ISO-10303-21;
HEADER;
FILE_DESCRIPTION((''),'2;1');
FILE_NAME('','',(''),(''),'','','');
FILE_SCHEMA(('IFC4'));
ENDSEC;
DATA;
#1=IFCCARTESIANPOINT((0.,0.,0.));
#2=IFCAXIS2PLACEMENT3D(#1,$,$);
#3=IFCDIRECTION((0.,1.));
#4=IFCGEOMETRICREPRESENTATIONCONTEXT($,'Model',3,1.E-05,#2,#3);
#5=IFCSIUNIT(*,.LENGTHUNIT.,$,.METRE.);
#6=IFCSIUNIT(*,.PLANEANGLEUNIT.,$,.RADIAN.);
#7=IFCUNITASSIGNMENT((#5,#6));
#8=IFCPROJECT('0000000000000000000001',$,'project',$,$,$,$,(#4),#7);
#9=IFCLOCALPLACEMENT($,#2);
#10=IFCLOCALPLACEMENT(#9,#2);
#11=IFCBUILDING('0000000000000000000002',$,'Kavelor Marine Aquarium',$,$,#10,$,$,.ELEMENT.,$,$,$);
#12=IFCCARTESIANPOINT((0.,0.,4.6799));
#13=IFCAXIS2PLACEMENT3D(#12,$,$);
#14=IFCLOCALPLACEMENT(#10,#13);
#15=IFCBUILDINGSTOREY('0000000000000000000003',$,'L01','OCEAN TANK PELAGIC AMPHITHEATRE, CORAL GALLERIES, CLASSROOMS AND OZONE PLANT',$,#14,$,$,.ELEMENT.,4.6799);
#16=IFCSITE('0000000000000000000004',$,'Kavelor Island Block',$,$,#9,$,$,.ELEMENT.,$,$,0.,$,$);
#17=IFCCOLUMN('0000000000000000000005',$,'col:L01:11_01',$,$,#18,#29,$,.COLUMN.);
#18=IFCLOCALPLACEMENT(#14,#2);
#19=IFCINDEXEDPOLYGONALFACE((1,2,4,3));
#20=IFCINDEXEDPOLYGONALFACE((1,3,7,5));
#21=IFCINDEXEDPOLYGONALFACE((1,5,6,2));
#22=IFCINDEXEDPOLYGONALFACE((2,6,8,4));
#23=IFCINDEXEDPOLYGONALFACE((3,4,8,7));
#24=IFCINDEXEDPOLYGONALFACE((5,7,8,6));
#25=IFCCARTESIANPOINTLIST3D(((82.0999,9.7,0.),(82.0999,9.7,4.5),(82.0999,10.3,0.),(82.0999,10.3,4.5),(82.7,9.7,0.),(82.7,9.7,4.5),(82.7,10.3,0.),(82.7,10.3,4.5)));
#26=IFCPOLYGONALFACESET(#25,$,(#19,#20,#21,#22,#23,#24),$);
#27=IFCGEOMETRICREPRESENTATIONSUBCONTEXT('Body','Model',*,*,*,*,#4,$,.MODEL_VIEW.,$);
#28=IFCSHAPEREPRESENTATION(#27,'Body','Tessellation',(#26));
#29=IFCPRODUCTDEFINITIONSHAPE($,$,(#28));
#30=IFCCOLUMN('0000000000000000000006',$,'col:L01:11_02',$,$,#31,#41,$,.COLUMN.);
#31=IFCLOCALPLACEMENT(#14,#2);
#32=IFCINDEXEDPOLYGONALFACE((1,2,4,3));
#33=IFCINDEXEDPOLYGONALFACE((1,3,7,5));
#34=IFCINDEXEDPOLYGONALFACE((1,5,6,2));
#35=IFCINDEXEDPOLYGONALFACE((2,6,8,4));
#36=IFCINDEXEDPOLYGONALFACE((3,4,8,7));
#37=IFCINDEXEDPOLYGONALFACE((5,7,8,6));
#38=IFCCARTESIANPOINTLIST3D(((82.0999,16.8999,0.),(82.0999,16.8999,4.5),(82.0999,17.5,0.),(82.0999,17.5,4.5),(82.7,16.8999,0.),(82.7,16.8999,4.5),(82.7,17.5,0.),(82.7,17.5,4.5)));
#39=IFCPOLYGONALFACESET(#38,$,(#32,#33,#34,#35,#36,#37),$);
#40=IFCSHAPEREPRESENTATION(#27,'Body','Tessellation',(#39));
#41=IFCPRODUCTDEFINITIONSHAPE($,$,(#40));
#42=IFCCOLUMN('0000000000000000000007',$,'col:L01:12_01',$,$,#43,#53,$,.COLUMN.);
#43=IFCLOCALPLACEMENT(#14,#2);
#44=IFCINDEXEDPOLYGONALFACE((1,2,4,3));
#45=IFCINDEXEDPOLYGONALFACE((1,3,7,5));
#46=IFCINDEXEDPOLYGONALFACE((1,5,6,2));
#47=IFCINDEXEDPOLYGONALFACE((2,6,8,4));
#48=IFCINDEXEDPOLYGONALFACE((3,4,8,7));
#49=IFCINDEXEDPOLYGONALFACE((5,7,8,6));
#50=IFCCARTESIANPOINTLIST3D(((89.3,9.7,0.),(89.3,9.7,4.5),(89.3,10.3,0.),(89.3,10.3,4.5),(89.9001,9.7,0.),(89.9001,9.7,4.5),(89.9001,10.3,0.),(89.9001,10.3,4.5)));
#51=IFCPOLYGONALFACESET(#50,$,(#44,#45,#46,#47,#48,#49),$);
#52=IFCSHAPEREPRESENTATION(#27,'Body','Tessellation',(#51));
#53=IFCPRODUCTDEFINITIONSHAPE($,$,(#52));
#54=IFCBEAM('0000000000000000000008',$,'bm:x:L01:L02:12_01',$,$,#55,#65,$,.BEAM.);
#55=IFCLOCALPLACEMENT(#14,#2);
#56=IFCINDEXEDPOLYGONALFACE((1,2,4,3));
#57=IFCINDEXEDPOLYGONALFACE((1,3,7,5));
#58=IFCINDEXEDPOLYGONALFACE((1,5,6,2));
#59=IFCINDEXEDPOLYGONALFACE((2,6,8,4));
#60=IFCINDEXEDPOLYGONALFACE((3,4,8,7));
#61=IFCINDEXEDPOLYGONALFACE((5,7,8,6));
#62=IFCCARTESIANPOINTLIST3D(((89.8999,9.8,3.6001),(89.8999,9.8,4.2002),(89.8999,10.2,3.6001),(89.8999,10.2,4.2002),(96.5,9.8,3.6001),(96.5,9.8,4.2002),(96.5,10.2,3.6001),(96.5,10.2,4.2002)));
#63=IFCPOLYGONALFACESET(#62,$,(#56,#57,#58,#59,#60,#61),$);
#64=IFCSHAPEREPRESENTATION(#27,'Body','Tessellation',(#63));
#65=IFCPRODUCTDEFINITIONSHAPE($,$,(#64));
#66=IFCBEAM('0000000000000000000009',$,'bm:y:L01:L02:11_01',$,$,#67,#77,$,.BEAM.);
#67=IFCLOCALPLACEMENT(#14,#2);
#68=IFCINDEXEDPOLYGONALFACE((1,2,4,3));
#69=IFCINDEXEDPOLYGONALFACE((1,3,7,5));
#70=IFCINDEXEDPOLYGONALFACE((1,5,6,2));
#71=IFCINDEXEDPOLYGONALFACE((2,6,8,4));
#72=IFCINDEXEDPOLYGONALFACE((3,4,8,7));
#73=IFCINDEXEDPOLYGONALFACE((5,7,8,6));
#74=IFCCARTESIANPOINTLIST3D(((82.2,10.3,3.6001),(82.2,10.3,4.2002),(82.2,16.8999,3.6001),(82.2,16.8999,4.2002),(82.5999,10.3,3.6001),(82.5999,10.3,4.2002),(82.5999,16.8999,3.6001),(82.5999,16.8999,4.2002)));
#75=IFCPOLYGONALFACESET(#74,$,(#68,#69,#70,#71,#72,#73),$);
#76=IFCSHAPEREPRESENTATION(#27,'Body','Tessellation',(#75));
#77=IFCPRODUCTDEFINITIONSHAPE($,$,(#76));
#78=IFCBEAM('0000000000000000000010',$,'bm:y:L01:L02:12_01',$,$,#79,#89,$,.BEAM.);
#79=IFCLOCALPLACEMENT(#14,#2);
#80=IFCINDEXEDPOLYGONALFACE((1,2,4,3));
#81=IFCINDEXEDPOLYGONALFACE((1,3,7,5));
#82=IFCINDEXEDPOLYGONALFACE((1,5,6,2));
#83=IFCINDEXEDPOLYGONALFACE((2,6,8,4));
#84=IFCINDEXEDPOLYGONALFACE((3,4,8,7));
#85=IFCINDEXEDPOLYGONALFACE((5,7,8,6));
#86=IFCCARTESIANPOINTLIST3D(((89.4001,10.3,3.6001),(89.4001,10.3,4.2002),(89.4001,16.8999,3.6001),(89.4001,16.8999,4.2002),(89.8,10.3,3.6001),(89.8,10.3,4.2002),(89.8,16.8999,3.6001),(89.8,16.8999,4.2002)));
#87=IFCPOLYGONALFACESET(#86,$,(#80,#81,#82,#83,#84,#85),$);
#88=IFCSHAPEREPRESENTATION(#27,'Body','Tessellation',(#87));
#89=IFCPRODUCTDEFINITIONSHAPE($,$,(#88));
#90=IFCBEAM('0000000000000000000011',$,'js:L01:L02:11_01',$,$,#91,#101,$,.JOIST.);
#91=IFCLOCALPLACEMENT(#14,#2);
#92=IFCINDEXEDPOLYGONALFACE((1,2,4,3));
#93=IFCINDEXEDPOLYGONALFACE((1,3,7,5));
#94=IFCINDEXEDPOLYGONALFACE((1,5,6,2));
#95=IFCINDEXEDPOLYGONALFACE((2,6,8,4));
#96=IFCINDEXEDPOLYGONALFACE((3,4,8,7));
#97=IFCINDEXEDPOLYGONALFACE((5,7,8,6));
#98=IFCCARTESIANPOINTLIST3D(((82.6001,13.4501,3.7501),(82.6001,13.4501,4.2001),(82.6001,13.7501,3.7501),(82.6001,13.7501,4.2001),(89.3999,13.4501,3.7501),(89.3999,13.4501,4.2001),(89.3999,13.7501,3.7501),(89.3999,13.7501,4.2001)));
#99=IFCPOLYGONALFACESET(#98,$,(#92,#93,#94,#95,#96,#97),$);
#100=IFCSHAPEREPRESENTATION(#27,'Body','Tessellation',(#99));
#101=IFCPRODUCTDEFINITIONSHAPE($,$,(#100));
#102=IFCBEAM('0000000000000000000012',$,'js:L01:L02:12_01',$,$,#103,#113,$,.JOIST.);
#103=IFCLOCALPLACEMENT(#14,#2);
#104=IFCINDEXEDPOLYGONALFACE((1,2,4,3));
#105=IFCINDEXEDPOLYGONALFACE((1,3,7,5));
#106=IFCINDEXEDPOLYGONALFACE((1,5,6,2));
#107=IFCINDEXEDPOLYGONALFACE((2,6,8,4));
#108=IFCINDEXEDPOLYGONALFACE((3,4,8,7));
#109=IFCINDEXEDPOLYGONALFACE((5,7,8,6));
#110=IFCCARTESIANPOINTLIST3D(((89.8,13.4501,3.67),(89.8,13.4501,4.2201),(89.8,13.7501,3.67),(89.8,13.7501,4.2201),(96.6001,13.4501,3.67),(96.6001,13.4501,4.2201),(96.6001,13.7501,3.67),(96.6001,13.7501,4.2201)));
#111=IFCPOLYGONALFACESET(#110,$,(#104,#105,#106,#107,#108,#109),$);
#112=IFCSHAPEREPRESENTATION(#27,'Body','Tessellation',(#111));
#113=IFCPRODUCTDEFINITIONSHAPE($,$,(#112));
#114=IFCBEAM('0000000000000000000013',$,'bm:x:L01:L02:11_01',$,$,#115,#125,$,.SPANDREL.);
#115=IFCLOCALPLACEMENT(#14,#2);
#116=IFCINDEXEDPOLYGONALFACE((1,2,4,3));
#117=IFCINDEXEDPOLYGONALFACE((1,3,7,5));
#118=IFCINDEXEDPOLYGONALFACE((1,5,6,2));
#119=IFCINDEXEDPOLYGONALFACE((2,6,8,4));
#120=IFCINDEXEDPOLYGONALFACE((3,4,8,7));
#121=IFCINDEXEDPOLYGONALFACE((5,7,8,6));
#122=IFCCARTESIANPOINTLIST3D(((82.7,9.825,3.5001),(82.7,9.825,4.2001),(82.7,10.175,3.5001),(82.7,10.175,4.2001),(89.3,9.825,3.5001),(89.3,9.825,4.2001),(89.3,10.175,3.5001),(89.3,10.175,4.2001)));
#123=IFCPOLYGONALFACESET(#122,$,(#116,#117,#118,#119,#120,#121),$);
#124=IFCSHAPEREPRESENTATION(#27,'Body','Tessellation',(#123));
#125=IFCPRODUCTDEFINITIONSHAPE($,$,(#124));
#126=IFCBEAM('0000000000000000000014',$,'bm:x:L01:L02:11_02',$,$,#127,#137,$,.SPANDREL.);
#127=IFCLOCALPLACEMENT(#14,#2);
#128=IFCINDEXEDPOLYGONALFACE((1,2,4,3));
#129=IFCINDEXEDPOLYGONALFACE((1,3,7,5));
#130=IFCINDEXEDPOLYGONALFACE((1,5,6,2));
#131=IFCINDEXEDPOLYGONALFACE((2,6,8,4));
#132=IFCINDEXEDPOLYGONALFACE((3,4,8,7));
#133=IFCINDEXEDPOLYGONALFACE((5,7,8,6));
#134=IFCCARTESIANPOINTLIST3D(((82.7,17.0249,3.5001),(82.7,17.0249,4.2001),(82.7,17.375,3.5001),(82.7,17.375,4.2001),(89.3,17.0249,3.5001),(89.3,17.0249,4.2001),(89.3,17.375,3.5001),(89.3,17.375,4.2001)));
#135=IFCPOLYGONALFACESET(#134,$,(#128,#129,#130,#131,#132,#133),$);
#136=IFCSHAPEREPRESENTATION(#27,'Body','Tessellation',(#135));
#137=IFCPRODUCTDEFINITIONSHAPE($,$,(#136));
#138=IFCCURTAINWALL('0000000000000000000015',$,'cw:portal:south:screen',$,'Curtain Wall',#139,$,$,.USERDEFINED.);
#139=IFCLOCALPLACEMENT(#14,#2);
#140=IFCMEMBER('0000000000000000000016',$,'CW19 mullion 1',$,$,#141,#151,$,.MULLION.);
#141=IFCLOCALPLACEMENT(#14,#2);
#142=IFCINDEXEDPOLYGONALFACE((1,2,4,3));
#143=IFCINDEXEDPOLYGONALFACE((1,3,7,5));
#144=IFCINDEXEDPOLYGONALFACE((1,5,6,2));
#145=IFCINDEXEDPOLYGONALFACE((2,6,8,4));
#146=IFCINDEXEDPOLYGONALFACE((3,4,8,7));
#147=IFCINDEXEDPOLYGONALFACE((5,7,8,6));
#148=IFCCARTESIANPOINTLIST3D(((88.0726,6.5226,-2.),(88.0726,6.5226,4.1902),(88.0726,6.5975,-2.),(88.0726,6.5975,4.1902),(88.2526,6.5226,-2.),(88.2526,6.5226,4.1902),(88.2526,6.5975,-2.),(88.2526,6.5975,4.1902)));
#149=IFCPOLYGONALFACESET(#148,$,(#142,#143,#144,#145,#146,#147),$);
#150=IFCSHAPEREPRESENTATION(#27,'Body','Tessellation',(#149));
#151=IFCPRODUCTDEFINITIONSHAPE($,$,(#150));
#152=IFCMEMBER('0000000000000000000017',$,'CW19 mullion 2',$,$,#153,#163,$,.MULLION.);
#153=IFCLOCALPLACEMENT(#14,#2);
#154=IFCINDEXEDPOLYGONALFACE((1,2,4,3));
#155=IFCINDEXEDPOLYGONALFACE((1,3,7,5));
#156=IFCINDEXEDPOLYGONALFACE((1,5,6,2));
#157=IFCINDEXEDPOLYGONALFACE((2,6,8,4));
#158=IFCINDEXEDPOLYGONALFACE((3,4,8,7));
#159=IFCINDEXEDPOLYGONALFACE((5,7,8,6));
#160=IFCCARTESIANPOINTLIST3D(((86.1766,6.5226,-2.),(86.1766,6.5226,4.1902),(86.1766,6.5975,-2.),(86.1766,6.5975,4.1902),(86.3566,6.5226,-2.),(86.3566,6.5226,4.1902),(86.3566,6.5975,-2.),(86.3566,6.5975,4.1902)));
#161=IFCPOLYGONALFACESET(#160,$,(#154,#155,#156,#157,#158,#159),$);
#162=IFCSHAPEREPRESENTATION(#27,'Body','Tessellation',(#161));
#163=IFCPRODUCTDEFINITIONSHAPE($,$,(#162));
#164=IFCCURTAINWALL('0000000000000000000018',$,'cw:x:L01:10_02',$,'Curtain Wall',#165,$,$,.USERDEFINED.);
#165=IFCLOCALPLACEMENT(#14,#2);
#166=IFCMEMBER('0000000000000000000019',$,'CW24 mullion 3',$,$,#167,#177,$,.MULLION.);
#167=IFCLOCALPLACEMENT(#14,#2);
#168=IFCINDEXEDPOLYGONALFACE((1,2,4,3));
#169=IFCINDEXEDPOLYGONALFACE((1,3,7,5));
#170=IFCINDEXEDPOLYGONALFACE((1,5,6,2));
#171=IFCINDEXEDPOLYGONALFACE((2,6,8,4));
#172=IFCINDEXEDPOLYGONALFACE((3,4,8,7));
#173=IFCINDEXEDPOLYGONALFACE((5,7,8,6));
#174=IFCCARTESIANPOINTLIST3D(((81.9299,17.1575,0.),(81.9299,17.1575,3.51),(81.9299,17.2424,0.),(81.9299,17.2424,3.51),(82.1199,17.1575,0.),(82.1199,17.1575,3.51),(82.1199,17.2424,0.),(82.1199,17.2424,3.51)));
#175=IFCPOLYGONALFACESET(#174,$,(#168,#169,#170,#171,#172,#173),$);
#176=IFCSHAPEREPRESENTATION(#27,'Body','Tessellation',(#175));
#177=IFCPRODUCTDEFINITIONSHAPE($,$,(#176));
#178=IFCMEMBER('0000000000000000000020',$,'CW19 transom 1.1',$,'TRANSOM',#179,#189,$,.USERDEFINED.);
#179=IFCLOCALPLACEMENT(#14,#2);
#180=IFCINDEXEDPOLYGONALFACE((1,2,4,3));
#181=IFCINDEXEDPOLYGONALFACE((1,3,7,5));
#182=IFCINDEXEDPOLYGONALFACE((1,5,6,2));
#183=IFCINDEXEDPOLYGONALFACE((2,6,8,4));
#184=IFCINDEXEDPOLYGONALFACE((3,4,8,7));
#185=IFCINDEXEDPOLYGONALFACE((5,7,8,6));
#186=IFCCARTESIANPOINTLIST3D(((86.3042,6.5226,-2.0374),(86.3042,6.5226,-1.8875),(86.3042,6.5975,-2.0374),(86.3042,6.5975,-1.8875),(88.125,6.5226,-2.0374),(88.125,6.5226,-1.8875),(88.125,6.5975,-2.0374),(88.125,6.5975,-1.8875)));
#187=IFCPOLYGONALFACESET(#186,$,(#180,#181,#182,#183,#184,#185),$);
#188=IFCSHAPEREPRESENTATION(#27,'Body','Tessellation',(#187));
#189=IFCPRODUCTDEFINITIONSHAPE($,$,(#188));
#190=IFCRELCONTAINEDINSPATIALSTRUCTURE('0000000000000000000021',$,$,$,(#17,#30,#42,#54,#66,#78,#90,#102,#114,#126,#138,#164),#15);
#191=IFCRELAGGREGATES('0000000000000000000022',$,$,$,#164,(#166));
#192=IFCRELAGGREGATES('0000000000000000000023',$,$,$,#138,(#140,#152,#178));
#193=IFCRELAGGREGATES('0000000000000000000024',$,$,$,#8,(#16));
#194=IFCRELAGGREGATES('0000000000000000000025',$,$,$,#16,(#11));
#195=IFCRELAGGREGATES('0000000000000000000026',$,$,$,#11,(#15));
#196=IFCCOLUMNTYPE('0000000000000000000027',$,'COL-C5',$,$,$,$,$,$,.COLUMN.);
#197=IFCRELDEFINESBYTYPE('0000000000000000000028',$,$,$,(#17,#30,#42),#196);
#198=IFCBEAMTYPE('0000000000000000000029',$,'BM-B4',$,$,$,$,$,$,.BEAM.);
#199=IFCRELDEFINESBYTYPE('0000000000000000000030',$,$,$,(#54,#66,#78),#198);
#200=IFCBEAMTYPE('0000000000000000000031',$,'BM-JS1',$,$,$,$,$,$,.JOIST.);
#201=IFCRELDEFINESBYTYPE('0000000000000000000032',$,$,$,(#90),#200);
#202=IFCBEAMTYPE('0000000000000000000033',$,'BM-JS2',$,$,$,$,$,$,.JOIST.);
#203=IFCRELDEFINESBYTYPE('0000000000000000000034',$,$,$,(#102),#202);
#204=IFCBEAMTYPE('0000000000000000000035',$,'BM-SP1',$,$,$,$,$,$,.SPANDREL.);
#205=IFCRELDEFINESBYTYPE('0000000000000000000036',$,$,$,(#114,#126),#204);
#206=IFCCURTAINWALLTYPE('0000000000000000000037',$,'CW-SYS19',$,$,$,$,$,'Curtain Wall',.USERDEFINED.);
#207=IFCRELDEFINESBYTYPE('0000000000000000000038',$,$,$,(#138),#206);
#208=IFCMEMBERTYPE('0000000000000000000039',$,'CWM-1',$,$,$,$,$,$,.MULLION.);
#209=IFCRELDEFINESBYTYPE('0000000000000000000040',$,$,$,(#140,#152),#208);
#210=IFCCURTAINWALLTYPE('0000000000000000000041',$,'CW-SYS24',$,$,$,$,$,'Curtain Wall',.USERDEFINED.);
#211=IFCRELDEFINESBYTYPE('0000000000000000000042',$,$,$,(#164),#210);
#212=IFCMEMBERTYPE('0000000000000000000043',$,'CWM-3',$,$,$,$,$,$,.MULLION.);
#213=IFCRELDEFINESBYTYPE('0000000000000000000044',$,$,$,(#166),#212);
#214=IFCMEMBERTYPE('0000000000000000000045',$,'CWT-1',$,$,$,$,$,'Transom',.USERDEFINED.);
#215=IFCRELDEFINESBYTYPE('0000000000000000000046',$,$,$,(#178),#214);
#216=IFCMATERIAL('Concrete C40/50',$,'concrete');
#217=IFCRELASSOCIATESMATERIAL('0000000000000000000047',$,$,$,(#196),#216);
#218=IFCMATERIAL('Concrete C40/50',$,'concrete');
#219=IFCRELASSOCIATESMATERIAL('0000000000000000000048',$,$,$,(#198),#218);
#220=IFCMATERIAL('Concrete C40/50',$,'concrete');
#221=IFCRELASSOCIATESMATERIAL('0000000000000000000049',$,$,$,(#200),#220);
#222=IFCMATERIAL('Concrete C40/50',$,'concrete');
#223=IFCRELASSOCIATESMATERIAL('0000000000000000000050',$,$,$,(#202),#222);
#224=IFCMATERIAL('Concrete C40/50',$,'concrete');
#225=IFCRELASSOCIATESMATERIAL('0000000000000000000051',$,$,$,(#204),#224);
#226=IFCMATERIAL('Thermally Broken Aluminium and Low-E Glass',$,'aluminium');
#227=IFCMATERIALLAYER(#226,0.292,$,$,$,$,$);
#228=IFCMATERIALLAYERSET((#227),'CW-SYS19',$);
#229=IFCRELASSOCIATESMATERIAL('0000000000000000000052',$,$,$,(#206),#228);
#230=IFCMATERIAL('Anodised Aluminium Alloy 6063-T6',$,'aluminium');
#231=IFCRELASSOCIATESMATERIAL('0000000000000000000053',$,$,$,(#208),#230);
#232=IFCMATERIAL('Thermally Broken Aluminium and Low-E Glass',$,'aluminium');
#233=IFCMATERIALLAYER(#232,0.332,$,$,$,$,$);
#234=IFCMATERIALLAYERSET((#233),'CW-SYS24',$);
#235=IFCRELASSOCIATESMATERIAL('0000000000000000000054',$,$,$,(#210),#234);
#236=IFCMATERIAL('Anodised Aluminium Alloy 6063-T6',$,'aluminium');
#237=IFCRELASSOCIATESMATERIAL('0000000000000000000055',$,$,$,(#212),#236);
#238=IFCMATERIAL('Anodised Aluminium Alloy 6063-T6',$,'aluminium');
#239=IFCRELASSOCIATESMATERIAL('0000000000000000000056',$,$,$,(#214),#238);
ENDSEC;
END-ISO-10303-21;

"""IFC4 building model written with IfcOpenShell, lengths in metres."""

from ifc_helpers import new_model, si_unit, direction, frame, origin, origin_2d, place, context, subcontext, project, spatial, rectangle, extrude, material, layer, layer_set, material_profile, profile_set, type_object, element, aggregate, save


model = new_model("IFC4")

# Units and contexts
model_context = context("Model", 3, precision=1e-05, world=origin(), true_north=direction((0.0, 1.0)))
body_context = subcontext(model_context, "Body", "Model", "MODEL_VIEW")
ifc_project = project(units=[si_unit("LENGTHUNIT", "METRE"), si_unit("PLANEANGLEUNIT", "RADIAN")], contexts=[model_context])

# Site, building, storey
site_placement = place(None, origin())
site = spatial("IfcSite", under=ifc_project, at=site_placement, Name="Kavelor Island Block", CompositionType="ELEMENT", RefElevation=0.0)
building_placement = place(site_placement, origin())
building = spatial("IfcBuilding", under=site, at=building_placement, Name="Kavelor Marine Aquarium", CompositionType="ELEMENT")
storey_placement = place(building_placement, frame((0.0, 0.0, 4.6799)))
storey = spatial("IfcBuildingStorey", under=building, at=storey_placement, Name="L01", Description="OCEAN TANK PELAGIC AMPHITHEATRE, CORAL GALLERIES, CLASSROOMS AND OZONE PLANT", CompositionType="ELEMENT", Elevation=4.6799)

# Columns
ifc_material_1 = material(Name="Concrete C40/50", Category="concrete")
ifc_material_profile_1 = material_profile(ifc_material_1, rectangle(XDim=0.6001, YDim=0.6001, at=origin_2d()), Name="RC-COL 600x600")
ifc_profile_set_1 = profile_set([ifc_material_profile_1], Name="Concrete C40/50")
column_type = type_object("IfcColumnType", Name="COL-C5", PredefinedType="COLUMN", material=ifc_profile_set_1)
for number, where, z_axis, x_axis, name in (
    (1, (82.3999, 10.0, 0.0), (0.0, 0.0, 1.0), (1.0, 0.0, 0.0), "col:L01:11_01"),
    (2, (82.3999, 17.2, 0.0), (0.0, 0.0, 1.0), (1.0, 0.0, 0.0), "col:L01:11_02"),
    (3, (89.6001, 10.0, 0.0), (0.0, 0.0, 1.0), (1.0, 0.0, 0.0), "col:L01:12_01"),
):
    element("IfcColumn", number, at=place(storey_placement, frame(where, z_axis=z_axis, x_axis=x_axis)), inside=storey, type_object=column_type, Name=name, PredefinedType="COLUMN", context=body_context, shape_type="SweptSolid", body=[
        extrude(rectangle(XDim=0.6001, YDim=0.6001, at=origin_2d()), origin(), (0.0, 0.0, 1.0), 4.5),
    ])

# Beams
ifc_material_2 = material(Name="Concrete C40/50", Category="concrete")
ifc_material_profile_2 = material_profile(ifc_material_2, rectangle(XDim=0.3999, YDim=0.6001, at=origin_2d()), Name="RC-BM 400x600")
ifc_profile_set_2 = profile_set([ifc_material_profile_2], Name="Concrete C40/50")
beam_type_1 = type_object("IfcBeamType", Name="BM-B4", PredefinedType="BEAM", material=ifc_profile_set_2)
beam_1_placement = place(storey_placement, frame((89.8999, 10.0, 3.9001), z_axis=(1.0, 0.0, 0.0), x_axis=(0.0, 1.0, 0.0)))
element("IfcBeam", 4, at=beam_1_placement, inside=storey, type_object=beam_type_1, Name="bm:x:L01:L02:12_01", PredefinedType="BEAM", context=body_context, shape_type="SweptSolid", body=[
    extrude(rectangle(XDim=0.3999, YDim=0.6001, at=origin_2d()), origin(), (0.0, 0.0, 1.0), 6.6001),
])
for number, where, z_axis, x_axis, name in (
    (5, (82.3999, 10.3, 3.9001), (0.0, 1.0, 0.0), (-1.0, 0.0, 0.0), "bm:y:L01:L02:11_01"),
    (6, (89.6001, 10.3, 3.9001), (0.0, 1.0, 0.0), (-1.0, 0.0, 0.0), "bm:y:L01:L02:12_01"),
):
    element("IfcBeam", number, at=place(storey_placement, frame(where, z_axis=z_axis, x_axis=x_axis)), inside=storey, type_object=beam_type_1, Name=name, PredefinedType="BEAM", context=body_context, shape_type="SweptSolid", body=[
        extrude(rectangle(XDim=0.3999, YDim=0.6001, at=origin_2d()), origin(), (0.0, 0.0, 1.0), 6.5999),
    ])
ifc_material_3 = material(Name="Concrete C40/50", Category="concrete")
ifc_material_profile_3 = material_profile(ifc_material_3, rectangle(XDim=0.3, YDim=0.45, at=origin_2d()), Name="RC-JS 300x450")
ifc_profile_set_3 = profile_set([ifc_material_profile_3], Name="Concrete C40/50")
beam_type_2 = type_object("IfcBeamType", Name="BM-JS1", PredefinedType="JOIST", material=ifc_profile_set_3)
beam_2_placement = place(storey_placement, frame((82.6001, 13.6001, 3.9751), z_axis=(1.0, 0.0, 0.0), x_axis=(0.0, 1.0, 0.0)))
element("IfcBeam", 7, at=beam_2_placement, inside=storey, type_object=beam_type_2, Name="js:L01:L02:11_01", PredefinedType="JOIST", context=body_context, shape_type="SweptSolid", body=[
    extrude(rectangle(XDim=0.3, YDim=0.45, at=origin_2d()), origin(), (0.0, 0.0, 1.0), 6.7998),
])
ifc_material_4 = material(Name="Concrete C40/50", Category="concrete")
ifc_material_profile_4 = material_profile(ifc_material_4, rectangle(XDim=0.3, YDim=0.55, at=origin_2d()), Name="RC-JS 300x550")
ifc_profile_set_4 = profile_set([ifc_material_profile_4], Name="Concrete C40/50")
beam_type_3 = type_object("IfcBeamType", Name="BM-JS2", PredefinedType="JOIST", material=ifc_profile_set_4)
beam_3_placement = place(storey_placement, frame((89.8, 13.6001, 3.9451), z_axis=(1.0, 0.0, 0.0), x_axis=(0.0, 1.0, 0.0)))
element("IfcBeam", 8, at=beam_3_placement, inside=storey, type_object=beam_type_3, Name="js:L01:L02:12_01", PredefinedType="JOIST", context=body_context, shape_type="SweptSolid", body=[
    extrude(rectangle(XDim=0.3, YDim=0.55, at=origin_2d()), origin(), (0.0, 0.0, 1.0), 6.8),
])
ifc_material_5 = material(Name="Concrete C40/50", Category="concrete")
ifc_material_profile_5 = material_profile(ifc_material_5, rectangle(XDim=0.3501, YDim=0.7, at=origin_2d()), Name="RC-SP 350x700")
ifc_profile_set_5 = profile_set([ifc_material_profile_5], Name="Concrete C40/50")
beam_type_4 = type_object("IfcBeamType", Name="BM-SP1", PredefinedType="SPANDREL", material=ifc_profile_set_5)
for number, where, z_axis, x_axis, name in (
    (9, (82.7, 10.0, 3.8501), (1.0, 0.0, 0.0), (0.0, 1.0, 0.0), "bm:x:L01:L02:11_01"),
    (10, (82.7, 17.2, 3.8501), (1.0, 0.0, 0.0), (0.0, 1.0, 0.0), "bm:x:L01:L02:11_02"),
):
    element("IfcBeam", number, at=place(storey_placement, frame(where, z_axis=z_axis, x_axis=x_axis)), inside=storey, type_object=beam_type_4, Name=name, PredefinedType="SPANDREL", context=body_context, shape_type="SweptSolid", body=[
        extrude(rectangle(XDim=0.3501, YDim=0.7, at=origin_2d()), origin(), (0.0, 0.0, 1.0), 6.6001),
    ])

# Curtain wall, members
ifc_material_6 = material(Name="Thermally Broken Aluminium and Low-E Glass", Category="aluminium")
ifc_layer_1 = layer(ifc_material_6, 0.292)
ifc_layer_set_1 = layer_set([ifc_layer_1], Name="CW-SYS19")
curtain_wall_type_1 = type_object("IfcCurtainWallType", Name="CW-SYS19", ElementType="Curtain Wall", PredefinedType="USERDEFINED", material=ifc_layer_set_1)
curtain_wall_1_placement = place(storey_placement, origin())
curtain_wall_1 = element("IfcCurtainWall", 11, at=curtain_wall_1_placement, inside=storey, type_object=curtain_wall_type_1, Name="cw:portal:south:screen", ObjectType="Curtain Wall", PredefinedType="USERDEFINED")
ifc_material_7 = material(Name="Anodised Aluminium Alloy 6063-T6", Category="aluminium")
ifc_material_profile_6 = material_profile(ifc_material_7, rectangle(XDim=0.075, YDim=0.1799, at=origin_2d()), Name="CW-MUL 75x180")
ifc_profile_set_6 = profile_set([ifc_material_profile_6], Name="Anodised Aluminium Alloy 6063-T6")
member_type_1 = type_object("IfcMemberType", Name="CWM-1", PredefinedType="MULLION", material=ifc_profile_set_6)
member_1_placement = place(storey_placement, frame((88.1626, 6.5601, -2.0), z_axis=(0.0, 0.0, 1.0), x_axis=(0.0, -1.0, 0.0)))
member_1 = element("IfcMember", 12, at=member_1_placement, type_object=member_type_1, Name="CW19 mullion 1", PredefinedType="MULLION", context=body_context, shape_type="SweptSolid", body=[
    extrude(rectangle(XDim=0.075, YDim=0.1799, at=origin_2d()), origin(), (0.0, 0.0, 1.0), 6.1902),
])
member_2_placement = place(storey_placement, frame((86.2666, 6.5601, -2.0), z_axis=(0.0, 0.0, 1.0), x_axis=(0.0, -1.0, 0.0)))
member_2 = element("IfcMember", 13, at=member_2_placement, type_object=member_type_1, Name="CW19 mullion 2", PredefinedType="MULLION", context=body_context, shape_type="SweptSolid", body=[
    extrude(rectangle(XDim=0.075, YDim=0.1799, at=origin_2d()), origin(), (0.0, 0.0, 1.0), 6.1902),
])

# Curtain wall, member
ifc_material_8 = material(Name="Thermally Broken Aluminium and Low-E Glass", Category="aluminium")
ifc_layer_2 = layer(ifc_material_8, 0.332)
ifc_layer_set_2 = layer_set([ifc_layer_2], Name="CW-SYS24")
curtain_wall_type_2 = type_object("IfcCurtainWallType", Name="CW-SYS24", ElementType="Curtain Wall", PredefinedType="USERDEFINED", material=ifc_layer_set_2)
curtain_wall_2_placement = place(storey_placement, origin())
curtain_wall_2 = element("IfcCurtainWall", 14, at=curtain_wall_2_placement, inside=storey, type_object=curtain_wall_type_2, Name="cw:x:L01:10_02", ObjectType="Curtain Wall", PredefinedType="USERDEFINED")
ifc_material_9 = material(Name="Anodised Aluminium Alloy 6063-T6", Category="aluminium")
ifc_material_profile_7 = material_profile(ifc_material_9, rectangle(XDim=0.085, YDim=0.1899, at=origin_2d()), Name="CW-MUL 85x190")
ifc_profile_set_7 = profile_set([ifc_material_profile_7], Name="Anodised Aluminium Alloy 6063-T6")
member_type_2 = type_object("IfcMemberType", Name="CWM-3", PredefinedType="MULLION", material=ifc_profile_set_7)
member_3_placement = place(storey_placement, frame((82.0249, 17.2, 0.0), z_axis=(0.0, 0.0, 1.0), x_axis=(0.0, 1.0, 0.0)))
member_3 = element("IfcMember", 15, at=member_3_placement, type_object=member_type_2, Name="CW24 mullion 3", PredefinedType="MULLION", context=body_context, shape_type="SweptSolid", body=[
    extrude(rectangle(XDim=0.085, YDim=0.1899, at=origin_2d()), origin(), (0.0, 0.0, 1.0), 3.51),
])
aggregate(curtain_wall_2, [member_3])

# Member
ifc_material_10 = material(Name="Anodised Aluminium Alloy 6063-T6", Category="aluminium")
ifc_material_profile_8 = material_profile(ifc_material_10, rectangle(XDim=0.075, YDim=0.1499, at=origin_2d()), Name="CW-TRN 75x150")
ifc_profile_set_8 = profile_set([ifc_material_profile_8], Name="Anodised Aluminium Alloy 6063-T6")
member_type_3 = type_object("IfcMemberType", Name="CWT-1", ElementType="Transom", PredefinedType="USERDEFINED", material=ifc_profile_set_8)
member_4_placement = place(storey_placement, frame((88.125, 6.5601, -1.9624), z_axis=(-1.0, 0.0, 0.0), x_axis=(0.0, -1.0, 0.0)))
member_4 = element("IfcMember", 16, at=member_4_placement, type_object=member_type_3, Name="CW19 transom 1.1", ObjectType="TRANSOM", PredefinedType="USERDEFINED", context=body_context, shape_type="SweptSolid", body=[
    extrude(rectangle(XDim=0.075, YDim=0.1499, at=origin_2d()), origin(), (0.0, 0.0, 1.0), 1.8208),
])

aggregate(curtain_wall_1, [member_1, member_2, member_4])

save(model, "model.ifc")
